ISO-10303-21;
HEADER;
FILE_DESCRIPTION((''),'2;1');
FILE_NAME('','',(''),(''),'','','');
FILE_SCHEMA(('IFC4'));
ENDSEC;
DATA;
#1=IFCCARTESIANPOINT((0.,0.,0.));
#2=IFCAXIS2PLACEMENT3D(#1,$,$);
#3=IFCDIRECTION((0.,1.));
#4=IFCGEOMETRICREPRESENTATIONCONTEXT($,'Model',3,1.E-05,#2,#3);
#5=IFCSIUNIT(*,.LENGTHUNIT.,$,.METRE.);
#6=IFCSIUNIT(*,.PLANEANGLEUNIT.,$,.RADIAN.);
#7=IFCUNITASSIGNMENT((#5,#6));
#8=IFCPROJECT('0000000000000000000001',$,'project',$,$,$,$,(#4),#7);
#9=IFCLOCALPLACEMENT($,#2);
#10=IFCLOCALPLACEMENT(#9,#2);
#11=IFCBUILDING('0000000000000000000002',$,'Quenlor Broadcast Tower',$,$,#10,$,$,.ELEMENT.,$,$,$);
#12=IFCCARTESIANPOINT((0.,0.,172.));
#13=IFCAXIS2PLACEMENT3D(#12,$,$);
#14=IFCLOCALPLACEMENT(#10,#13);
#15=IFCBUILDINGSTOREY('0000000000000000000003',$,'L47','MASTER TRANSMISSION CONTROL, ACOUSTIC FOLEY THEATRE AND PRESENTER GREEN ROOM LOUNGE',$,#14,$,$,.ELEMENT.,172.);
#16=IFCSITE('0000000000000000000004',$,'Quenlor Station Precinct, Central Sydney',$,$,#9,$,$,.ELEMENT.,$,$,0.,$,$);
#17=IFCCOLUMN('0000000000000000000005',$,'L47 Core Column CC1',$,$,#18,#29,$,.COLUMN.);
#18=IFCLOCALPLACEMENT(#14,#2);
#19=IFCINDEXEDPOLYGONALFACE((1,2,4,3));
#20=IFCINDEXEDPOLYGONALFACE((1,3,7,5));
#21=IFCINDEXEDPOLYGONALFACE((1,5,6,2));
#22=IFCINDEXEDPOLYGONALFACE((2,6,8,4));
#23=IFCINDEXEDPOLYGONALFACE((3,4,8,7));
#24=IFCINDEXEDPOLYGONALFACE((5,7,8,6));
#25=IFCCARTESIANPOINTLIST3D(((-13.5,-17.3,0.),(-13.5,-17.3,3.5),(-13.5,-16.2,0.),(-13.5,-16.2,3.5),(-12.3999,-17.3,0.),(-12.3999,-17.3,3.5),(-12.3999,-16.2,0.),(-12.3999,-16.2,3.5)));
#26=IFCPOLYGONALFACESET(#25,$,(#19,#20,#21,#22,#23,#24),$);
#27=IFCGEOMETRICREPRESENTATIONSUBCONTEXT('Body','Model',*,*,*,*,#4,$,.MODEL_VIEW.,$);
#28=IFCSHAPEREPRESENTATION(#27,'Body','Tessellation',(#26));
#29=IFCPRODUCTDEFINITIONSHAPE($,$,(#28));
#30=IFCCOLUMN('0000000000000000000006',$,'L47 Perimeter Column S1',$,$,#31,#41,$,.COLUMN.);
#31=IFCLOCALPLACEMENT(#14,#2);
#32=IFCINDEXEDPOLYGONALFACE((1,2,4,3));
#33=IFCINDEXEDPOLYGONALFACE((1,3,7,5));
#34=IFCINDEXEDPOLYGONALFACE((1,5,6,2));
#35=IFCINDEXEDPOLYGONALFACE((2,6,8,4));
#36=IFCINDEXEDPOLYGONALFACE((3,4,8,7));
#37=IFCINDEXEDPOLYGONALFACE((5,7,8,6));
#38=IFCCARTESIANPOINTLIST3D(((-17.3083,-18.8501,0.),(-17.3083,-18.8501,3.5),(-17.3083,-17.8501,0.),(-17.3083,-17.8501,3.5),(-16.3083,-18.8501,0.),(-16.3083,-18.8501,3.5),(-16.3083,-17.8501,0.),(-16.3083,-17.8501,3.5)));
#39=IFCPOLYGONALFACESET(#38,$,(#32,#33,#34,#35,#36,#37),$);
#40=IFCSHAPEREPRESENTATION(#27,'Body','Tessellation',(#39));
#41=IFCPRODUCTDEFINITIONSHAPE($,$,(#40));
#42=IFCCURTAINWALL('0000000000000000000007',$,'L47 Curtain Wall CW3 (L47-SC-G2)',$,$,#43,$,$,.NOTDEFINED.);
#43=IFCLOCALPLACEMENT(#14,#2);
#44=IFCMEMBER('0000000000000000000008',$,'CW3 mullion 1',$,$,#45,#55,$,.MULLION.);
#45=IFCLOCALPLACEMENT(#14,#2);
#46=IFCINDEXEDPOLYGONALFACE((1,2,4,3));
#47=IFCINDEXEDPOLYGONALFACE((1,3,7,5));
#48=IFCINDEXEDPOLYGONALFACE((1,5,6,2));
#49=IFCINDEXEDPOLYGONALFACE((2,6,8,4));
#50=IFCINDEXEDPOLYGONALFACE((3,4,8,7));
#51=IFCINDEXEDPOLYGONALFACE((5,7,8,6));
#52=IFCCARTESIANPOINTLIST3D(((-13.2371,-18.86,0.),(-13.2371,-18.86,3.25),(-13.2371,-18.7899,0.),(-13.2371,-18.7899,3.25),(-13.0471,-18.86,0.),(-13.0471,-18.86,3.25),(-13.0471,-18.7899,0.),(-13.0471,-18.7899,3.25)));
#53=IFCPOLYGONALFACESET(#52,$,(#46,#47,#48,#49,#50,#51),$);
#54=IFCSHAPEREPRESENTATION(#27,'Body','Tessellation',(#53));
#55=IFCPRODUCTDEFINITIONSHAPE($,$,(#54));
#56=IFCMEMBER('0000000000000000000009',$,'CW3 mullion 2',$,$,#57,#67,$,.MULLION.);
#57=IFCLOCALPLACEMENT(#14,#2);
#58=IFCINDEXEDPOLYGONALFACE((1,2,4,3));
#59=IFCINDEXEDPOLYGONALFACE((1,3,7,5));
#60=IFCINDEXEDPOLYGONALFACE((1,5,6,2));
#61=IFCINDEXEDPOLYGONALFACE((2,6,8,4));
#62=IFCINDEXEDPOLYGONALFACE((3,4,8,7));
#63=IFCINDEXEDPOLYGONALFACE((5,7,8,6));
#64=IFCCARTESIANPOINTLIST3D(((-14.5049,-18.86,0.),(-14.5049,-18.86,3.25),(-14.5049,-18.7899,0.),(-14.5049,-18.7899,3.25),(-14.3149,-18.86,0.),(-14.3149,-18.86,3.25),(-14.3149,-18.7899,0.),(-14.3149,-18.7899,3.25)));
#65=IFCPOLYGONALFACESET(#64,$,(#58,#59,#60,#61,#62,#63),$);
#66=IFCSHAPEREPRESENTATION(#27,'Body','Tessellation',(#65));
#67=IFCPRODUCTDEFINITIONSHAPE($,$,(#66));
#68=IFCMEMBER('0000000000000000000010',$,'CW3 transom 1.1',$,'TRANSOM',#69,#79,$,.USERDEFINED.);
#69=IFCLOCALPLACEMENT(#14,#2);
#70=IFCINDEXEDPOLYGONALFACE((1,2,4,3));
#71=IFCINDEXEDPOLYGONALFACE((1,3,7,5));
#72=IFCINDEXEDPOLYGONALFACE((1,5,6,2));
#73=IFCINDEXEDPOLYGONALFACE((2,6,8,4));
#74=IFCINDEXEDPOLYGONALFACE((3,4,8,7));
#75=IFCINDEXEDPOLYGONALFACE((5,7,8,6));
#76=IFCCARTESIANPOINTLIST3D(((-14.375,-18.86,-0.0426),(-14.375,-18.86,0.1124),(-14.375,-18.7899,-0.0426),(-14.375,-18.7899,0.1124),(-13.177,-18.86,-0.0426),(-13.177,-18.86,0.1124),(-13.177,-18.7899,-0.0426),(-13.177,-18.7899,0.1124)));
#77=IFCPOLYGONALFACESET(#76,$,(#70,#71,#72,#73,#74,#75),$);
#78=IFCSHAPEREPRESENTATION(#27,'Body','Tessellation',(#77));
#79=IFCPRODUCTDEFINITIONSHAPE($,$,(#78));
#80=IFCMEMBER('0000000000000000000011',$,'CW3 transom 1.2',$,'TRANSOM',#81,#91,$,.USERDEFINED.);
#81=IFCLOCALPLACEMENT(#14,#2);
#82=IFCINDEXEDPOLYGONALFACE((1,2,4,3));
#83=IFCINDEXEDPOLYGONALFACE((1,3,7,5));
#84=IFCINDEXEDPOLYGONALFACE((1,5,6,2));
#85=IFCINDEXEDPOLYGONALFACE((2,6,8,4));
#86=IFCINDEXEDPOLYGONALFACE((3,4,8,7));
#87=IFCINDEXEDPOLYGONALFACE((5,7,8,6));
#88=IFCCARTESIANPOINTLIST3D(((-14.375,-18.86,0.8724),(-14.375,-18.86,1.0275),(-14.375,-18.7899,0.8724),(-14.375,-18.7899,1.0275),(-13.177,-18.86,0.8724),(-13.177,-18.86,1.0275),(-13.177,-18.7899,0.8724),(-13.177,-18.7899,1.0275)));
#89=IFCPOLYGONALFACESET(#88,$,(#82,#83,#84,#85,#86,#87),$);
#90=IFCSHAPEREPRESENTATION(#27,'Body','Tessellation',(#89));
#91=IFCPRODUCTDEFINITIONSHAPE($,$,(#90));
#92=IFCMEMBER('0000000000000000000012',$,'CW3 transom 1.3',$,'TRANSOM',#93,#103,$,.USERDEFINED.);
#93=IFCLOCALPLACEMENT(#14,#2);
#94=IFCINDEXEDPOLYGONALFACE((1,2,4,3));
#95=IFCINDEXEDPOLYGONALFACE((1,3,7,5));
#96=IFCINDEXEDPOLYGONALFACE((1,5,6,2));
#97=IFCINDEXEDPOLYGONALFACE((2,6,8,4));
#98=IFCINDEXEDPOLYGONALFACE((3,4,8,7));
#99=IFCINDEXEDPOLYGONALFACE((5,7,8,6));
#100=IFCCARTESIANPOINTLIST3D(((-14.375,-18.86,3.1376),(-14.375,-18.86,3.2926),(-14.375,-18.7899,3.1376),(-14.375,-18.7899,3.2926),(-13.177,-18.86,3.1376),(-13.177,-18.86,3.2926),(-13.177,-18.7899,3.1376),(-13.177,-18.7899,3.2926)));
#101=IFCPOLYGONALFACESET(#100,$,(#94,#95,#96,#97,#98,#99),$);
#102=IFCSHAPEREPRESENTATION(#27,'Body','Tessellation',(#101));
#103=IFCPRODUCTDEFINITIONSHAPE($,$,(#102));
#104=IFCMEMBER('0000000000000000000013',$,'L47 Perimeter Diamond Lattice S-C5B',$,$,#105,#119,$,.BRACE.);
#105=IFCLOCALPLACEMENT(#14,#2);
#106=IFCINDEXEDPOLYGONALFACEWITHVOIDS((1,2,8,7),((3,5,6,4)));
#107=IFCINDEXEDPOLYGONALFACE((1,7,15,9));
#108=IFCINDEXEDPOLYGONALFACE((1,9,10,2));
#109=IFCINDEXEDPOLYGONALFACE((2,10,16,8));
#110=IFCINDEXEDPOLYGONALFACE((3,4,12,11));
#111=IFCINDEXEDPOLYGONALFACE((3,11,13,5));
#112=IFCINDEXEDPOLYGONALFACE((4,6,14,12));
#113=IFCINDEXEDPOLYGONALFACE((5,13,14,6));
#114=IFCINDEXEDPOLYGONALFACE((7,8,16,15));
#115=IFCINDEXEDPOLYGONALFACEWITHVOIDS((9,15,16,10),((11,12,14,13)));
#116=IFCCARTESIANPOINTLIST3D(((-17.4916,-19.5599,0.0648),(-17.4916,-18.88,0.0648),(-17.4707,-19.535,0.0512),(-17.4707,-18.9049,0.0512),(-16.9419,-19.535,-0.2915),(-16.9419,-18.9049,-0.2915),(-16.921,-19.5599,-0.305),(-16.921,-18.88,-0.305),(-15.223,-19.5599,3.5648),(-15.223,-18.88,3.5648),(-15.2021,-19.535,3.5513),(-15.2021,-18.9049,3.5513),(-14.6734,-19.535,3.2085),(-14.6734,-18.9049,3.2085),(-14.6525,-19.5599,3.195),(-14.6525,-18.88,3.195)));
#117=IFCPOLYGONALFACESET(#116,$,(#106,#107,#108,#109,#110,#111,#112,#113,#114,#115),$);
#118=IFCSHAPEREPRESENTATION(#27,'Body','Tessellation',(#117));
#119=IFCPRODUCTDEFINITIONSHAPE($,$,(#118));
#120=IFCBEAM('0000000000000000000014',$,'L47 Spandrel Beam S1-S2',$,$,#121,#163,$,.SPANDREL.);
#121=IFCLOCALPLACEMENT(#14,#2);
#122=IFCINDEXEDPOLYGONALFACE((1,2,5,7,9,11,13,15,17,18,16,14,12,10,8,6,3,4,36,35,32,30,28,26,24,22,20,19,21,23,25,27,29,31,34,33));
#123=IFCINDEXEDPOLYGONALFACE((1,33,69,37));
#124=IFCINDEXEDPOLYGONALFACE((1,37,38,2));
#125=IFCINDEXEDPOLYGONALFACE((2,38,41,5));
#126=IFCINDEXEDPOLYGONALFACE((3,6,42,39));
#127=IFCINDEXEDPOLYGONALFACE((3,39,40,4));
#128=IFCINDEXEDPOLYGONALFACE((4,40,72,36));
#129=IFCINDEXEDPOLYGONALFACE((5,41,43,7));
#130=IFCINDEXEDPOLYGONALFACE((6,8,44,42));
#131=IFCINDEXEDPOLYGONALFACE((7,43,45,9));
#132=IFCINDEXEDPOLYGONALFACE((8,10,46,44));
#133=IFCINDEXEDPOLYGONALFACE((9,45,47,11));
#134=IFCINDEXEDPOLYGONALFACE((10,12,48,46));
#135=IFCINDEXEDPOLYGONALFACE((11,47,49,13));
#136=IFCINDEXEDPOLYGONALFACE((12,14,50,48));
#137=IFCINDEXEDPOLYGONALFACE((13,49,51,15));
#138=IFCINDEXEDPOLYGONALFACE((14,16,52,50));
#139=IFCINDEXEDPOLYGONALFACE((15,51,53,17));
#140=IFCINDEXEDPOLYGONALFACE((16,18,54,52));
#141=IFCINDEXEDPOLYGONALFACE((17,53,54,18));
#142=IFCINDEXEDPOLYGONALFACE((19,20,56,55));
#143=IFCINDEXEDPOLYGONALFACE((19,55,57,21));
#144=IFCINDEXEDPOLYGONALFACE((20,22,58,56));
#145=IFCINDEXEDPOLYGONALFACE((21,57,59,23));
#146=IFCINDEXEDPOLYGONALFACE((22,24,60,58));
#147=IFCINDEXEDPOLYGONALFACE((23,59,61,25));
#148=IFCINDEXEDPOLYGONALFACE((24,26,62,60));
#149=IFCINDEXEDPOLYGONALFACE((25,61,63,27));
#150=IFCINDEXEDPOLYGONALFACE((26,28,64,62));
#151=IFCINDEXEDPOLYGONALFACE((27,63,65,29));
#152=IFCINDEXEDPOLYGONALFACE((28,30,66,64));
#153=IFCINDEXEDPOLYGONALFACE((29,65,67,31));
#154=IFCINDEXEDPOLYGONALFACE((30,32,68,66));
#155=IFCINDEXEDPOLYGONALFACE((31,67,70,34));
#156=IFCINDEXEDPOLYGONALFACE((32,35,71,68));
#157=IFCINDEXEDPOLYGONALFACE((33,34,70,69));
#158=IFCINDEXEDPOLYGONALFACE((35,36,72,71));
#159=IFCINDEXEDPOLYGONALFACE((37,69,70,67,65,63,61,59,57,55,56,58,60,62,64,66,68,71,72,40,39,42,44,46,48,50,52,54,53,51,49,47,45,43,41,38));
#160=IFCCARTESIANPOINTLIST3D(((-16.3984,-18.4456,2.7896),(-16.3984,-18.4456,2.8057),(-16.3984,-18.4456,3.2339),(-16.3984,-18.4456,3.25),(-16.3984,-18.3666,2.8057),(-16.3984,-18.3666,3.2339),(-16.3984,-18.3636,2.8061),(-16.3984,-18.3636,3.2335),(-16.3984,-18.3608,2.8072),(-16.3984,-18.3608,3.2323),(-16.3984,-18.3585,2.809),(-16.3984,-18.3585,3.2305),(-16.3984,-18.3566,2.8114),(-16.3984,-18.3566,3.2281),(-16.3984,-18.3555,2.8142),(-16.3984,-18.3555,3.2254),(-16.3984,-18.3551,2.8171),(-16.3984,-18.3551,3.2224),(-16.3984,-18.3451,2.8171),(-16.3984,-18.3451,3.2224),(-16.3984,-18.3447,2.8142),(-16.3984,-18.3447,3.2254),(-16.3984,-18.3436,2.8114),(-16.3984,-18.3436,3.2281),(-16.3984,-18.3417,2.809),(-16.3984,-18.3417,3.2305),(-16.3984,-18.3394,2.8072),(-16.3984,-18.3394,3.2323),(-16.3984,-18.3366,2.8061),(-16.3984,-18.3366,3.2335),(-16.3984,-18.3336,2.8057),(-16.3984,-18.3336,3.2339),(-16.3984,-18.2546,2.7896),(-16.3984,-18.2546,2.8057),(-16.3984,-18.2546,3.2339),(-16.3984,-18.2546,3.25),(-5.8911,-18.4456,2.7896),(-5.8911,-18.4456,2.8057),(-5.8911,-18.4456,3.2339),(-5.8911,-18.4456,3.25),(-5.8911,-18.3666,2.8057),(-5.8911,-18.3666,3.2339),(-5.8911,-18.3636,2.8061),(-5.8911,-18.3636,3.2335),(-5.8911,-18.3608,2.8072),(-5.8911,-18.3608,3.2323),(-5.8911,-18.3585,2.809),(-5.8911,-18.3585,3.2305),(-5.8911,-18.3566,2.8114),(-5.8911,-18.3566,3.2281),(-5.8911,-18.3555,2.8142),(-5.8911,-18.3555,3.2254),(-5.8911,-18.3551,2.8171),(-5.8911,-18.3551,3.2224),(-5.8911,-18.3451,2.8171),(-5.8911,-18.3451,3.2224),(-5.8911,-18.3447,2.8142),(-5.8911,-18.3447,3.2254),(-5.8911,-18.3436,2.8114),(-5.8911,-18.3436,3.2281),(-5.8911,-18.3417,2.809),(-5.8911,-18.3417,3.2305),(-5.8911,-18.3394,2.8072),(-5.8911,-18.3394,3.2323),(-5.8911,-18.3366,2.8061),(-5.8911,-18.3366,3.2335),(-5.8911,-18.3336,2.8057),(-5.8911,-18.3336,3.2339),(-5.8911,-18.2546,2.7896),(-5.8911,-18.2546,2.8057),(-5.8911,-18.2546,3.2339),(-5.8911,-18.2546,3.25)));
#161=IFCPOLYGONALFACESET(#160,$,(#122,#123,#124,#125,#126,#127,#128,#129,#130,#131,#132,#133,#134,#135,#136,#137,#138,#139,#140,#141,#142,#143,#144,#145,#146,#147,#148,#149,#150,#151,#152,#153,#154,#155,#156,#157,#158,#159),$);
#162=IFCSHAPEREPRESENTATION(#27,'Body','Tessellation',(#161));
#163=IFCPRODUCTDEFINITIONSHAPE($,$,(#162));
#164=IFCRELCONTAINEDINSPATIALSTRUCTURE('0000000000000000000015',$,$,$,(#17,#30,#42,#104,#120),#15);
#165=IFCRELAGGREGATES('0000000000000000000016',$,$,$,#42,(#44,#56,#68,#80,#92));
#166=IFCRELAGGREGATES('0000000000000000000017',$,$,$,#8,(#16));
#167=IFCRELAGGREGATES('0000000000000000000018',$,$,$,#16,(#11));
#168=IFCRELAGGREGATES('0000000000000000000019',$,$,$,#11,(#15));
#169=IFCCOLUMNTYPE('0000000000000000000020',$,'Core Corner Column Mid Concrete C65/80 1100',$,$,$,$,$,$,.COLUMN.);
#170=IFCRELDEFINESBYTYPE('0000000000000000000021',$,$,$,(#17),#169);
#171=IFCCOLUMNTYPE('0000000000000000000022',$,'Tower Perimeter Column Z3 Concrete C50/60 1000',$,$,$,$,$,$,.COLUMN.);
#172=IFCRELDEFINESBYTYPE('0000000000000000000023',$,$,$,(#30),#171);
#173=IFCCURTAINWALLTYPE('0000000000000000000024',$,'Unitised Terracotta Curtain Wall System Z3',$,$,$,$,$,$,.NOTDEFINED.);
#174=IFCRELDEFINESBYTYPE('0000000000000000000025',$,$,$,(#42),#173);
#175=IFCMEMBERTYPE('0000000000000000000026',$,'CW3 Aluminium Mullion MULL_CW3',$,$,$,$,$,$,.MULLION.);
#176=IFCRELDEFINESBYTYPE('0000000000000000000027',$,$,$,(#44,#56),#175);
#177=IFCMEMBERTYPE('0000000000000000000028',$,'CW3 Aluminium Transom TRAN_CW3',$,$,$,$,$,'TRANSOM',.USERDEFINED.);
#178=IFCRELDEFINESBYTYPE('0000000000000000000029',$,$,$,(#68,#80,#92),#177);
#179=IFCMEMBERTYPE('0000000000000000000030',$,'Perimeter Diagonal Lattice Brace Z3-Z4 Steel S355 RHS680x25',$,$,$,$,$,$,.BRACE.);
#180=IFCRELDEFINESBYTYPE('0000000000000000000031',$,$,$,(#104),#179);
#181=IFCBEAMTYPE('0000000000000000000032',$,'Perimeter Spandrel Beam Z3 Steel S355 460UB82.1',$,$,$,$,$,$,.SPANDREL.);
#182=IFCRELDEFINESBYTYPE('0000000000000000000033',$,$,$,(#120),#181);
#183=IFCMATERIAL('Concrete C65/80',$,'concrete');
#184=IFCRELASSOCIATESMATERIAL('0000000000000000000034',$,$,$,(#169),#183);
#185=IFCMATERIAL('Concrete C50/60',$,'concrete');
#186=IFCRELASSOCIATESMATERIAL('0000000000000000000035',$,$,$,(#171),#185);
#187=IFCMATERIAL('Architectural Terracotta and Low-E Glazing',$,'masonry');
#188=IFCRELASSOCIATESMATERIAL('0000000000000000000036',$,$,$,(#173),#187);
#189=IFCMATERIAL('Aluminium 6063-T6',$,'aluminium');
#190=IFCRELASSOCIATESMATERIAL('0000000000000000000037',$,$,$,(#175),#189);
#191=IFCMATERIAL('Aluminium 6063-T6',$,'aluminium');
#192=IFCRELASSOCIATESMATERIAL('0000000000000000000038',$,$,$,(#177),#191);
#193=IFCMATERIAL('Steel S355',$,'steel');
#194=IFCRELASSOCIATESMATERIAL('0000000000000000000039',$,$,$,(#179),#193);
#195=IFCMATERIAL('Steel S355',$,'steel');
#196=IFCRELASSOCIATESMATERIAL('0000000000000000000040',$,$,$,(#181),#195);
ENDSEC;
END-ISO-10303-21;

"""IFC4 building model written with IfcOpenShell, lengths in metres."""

from ifc_helpers import new_model, si_unit, direction, frame, origin, origin_2d, place, context, subcontext, project, spatial, rectangle, hollow_rectangle, i_section, extrude, material, material_profile, profile_set, type_object, element, aggregate, save


model = new_model("IFC4")

# Units and contexts
model_context = context("Model", 3, precision=1e-05, world=origin(), true_north=direction((0.0, 1.0)))
body_context = subcontext(model_context, "Body", "Model", "MODEL_VIEW")
ifc_project = project(units=[si_unit("LENGTHUNIT", "METRE"), si_unit("PLANEANGLEUNIT", "RADIAN")], contexts=[model_context])

# Site, building, storey
site_placement = place(None, origin())
site = spatial("IfcSite", under=ifc_project, at=site_placement, Name="Quenlor Station Precinct, Central Sydney", CompositionType="ELEMENT", RefElevation=0.0)
building_placement = place(site_placement, origin())
building = spatial("IfcBuilding", under=site, at=building_placement, Name="Quenlor Broadcast Tower", CompositionType="ELEMENT")
storey_placement = place(building_placement, frame((0.0, 0.0, 172.0)))
storey = spatial("IfcBuildingStorey", under=building, at=storey_placement, Name="L47", Description="MASTER TRANSMISSION CONTROL, ACOUSTIC FOLEY THEATRE AND PRESENTER GREEN ROOM LOUNGE", CompositionType="ELEMENT", Elevation=172.0)

# Columns
ifc_material_1 = material(Name="Concrete C65/80", Category="concrete")
ifc_material_profile_1 = material_profile(ifc_material_1, rectangle(XDim=1.1001, YDim=1.1001, at=origin_2d()))
ifc_profile_set_1 = profile_set([ifc_material_profile_1], Name="Concrete C65/80 RC1100x1100")
column_type_1 = type_object("IfcColumnType", Name="Core Corner Column Mid Concrete C65/80 1100", PredefinedType="COLUMN", material=ifc_profile_set_1)
column_1_placement = place(storey_placement, frame((-12.95, -16.75, 0.0), z_axis=(0.0, 0.0, 1.0), x_axis=(1.0, 0.0, 0.0)))
element("IfcColumn", 1, at=column_1_placement, inside=storey, type_object=column_type_1, Name="L47 Core Column CC1", PredefinedType="COLUMN", context=body_context, shape_type="SweptSolid", body=[
    extrude(rectangle(XDim=1.1001, YDim=1.1001, at=origin_2d()), origin(), (0.0, 0.0, 1.0), 3.5),
])
ifc_material_2 = material(Name="Concrete C50/60", Category="concrete")
ifc_material_profile_2 = material_profile(ifc_material_2, rectangle(XDim=1.0, YDim=1.0, at=origin_2d()))
ifc_profile_set_2 = profile_set([ifc_material_profile_2], Name="Concrete C50/60 RC1000x1000")
column_type_2 = type_object("IfcColumnType", Name="Tower Perimeter Column Z3 Concrete C50/60 1000", PredefinedType="COLUMN", material=ifc_profile_set_2)
column_2_placement = place(storey_placement, frame((-16.8083, -18.3501, 0.0), z_axis=(0.0, 0.0, 1.0), x_axis=(0.0, 1.0, 0.0)))
element("IfcColumn", 2, at=column_2_placement, inside=storey, type_object=column_type_2, Name="L47 Perimeter Column S1", PredefinedType="COLUMN", context=body_context, shape_type="SweptSolid", body=[
    extrude(rectangle(XDim=1.0, YDim=1.0, at=origin_2d()), origin(), (0.0, 0.0, 1.0), 3.5),
])

# Curtain wall, members
ifc_material_3 = material(Name="Architectural Terracotta and Low-E Glazing", Category="masonry")
curtain_wall_type = type_object("IfcCurtainWallType", Name="Unitised Terracotta Curtain Wall System Z3", PredefinedType="NOTDEFINED", material=ifc_material_3)
curtain_wall_placement = place(storey_placement, origin())
curtain_wall = element("IfcCurtainWall", 3, at=curtain_wall_placement, inside=storey, type_object=curtain_wall_type, Name="L47 Curtain Wall CW3 (L47-SC-G2)", PredefinedType="NOTDEFINED")
ifc_material_4 = material(Name="Aluminium 6063-T6", Category="aluminium")
ifc_material_profile_3 = material_profile(ifc_material_4, rectangle(XDim=0.0701, YDim=0.1899, at=origin_2d()))
ifc_profile_set_3 = profile_set([ifc_material_profile_3], Name="Aluminium 6063-T6 MULL70x190")
member_type_1 = type_object("IfcMemberType", Name="CW3 Aluminium Mullion MULL_CW3", PredefinedType="MULLION", material=ifc_profile_set_3)
member_1_placement = place(storey_placement, frame((-13.1421, -18.825, 0.0), z_axis=(0.0, 0.0, 1.0), x_axis=(0.0, -1.0, 0.0)))
member_1 = element("IfcMember", 4, at=member_1_placement, type_object=member_type_1, Name="CW3 mullion 1", PredefinedType="MULLION", context=body_context, shape_type="SweptSolid", body=[
    extrude(rectangle(XDim=0.0701, YDim=0.1899, at=origin_2d()), origin(), (0.0, 0.0, 1.0), 3.25),
])
member_2_placement = place(storey_placement, frame((-14.4099, -18.825, 0.0), z_axis=(0.0, 0.0, 1.0), x_axis=(0.0, -1.0, 0.0)))
member_2 = element("IfcMember", 5, at=member_2_placement, type_object=member_type_1, Name="CW3 mullion 2", PredefinedType="MULLION", context=body_context, shape_type="SweptSolid", body=[
    extrude(rectangle(XDim=0.0701, YDim=0.1899, at=origin_2d()), origin(), (0.0, 0.0, 1.0), 3.25),
])
ifc_material_5 = material(Name="Aluminium 6063-T6", Category="aluminium")
ifc_material_profile_4 = material_profile(ifc_material_5, rectangle(XDim=0.0701, YDim=0.155, at=origin_2d()))
ifc_profile_set_4 = profile_set([ifc_material_profile_4], Name="Aluminium 6063-T6 TRAN70x155")
member_type_2 = type_object("IfcMemberType", Name="CW3 Aluminium Transom TRAN_CW3", ElementType="TRANSOM", PredefinedType="USERDEFINED", material=ifc_profile_set_4)
member_3_placement = place(storey_placement, frame((-13.177, -18.825, 0.0349), z_axis=(-1.0, 0.0, 0.0), x_axis=(0.0, -1.0, 0.0)))
member_3 = element("IfcMember", 6, at=member_3_placement, type_object=member_type_2, Name="CW3 transom 1.1", ObjectType="TRANSOM", PredefinedType="USERDEFINED", context=body_context, shape_type="SweptSolid", body=[
    extrude(rectangle(XDim=0.0701, YDim=0.155, at=origin_2d()), origin(), (0.0, 0.0, 1.0), 1.198),
])
member_4_placement = place(storey_placement, frame((-13.177, -18.825, 0.95), z_axis=(-1.0, 0.0, 0.0), x_axis=(0.0, -1.0, 0.0)))
member_4 = element("IfcMember", 7, at=member_4_placement, type_object=member_type_2, Name="CW3 transom 1.2", ObjectType="TRANSOM", PredefinedType="USERDEFINED", context=body_context, shape_type="SweptSolid", body=[
    extrude(rectangle(XDim=0.0701, YDim=0.155, at=origin_2d()), origin(), (0.0, 0.0, 1.0), 1.198),
])
member_5_placement = place(storey_placement, frame((-13.177, -18.825, 3.2151), z_axis=(-1.0, 0.0, 0.0), x_axis=(0.0, -1.0, 0.0)))
member_5 = element("IfcMember", 8, at=member_5_placement, type_object=member_type_2, Name="CW3 transom 1.3", ObjectType="TRANSOM", PredefinedType="USERDEFINED", context=body_context, shape_type="SweptSolid", body=[
    extrude(rectangle(XDim=0.0701, YDim=0.155, at=origin_2d()), origin(), (0.0, 0.0, 1.0), 1.198),
])

# Member
ifc_material_6 = material(Name="Steel S355", Category="steel")
ifc_material_profile_5 = material_profile(ifc_material_6, hollow_rectangle(XDim=0.6799, YDim=0.6799, WallThickness=0.0249, at=origin_2d()))
ifc_profile_set_5 = profile_set([ifc_material_profile_5], Name="Steel S355 RHS680x680x25")
member_type_3 = type_object("IfcMemberType", Name="Perimeter Diagonal Lattice Brace Z3-Z4 Steel S355 RHS680x25", PredefinedType="BRACE", material=ifc_profile_set_5)
member_6_placement = place(storey_placement, frame((-17.2063, -19.22, -0.1201), z_axis=(0.543902, 0.0, 0.839149), x_axis=(0.0, 1.0, 0.0)))
element("IfcMember", 9, at=member_6_placement, inside=storey, type_object=member_type_3, Name="L47 Perimeter Diamond Lattice S-C5B", PredefinedType="BRACE", context=body_context, shape_type="SweptSolid", body=[
    extrude(hollow_rectangle(XDim=0.6799, YDim=0.6799, WallThickness=0.0249, at=origin_2d()), origin(), (0.0, 0.0, 1.0), 4.1709),
])

# Beam
ifc_material_7 = material(Name="Steel S355", Category="steel")
ifc_material_profile_6 = material_profile(ifc_material_7, i_section(OverallWidth=0.1909, OverallDepth=0.4604, WebThickness=0.01, FlangeThickness=0.0161, FilletRadius=0.0115, at=origin_2d()))
ifc_profile_set_6 = profile_set([ifc_material_profile_6], Name="Steel S355 460UB82.1")
beam_type_1 = type_object("IfcBeamType", Name="Perimeter Spandrel Beam Z3 Steel S355 460UB82.1", PredefinedType="SPANDREL", material=ifc_profile_set_6)
beam_1_placement = place(storey_placement, frame((-16.3984, -18.3501, 3.0198), z_axis=(1.0, 0.0, 0.0), x_axis=(0.0, 1.0, 0.0)))
element("IfcBeam", 10, at=beam_1_placement, inside=storey, type_object=beam_type_1, Name="L47 Spandrel Beam S1-S2", PredefinedType="SPANDREL", context=body_context, shape_type="SweptSolid", body=[
    extrude(i_section(OverallWidth=0.1909, OverallDepth=0.4604, WebThickness=0.01, FlangeThickness=0.0161, FilletRadius=0.0115, at=origin_2d()), origin(), (0.0, 0.0, 1.0), 10.5073),
])

aggregate(curtain_wall, [member_1, member_2, member_3, member_4, member_5])

save(model, "model.ifc")
